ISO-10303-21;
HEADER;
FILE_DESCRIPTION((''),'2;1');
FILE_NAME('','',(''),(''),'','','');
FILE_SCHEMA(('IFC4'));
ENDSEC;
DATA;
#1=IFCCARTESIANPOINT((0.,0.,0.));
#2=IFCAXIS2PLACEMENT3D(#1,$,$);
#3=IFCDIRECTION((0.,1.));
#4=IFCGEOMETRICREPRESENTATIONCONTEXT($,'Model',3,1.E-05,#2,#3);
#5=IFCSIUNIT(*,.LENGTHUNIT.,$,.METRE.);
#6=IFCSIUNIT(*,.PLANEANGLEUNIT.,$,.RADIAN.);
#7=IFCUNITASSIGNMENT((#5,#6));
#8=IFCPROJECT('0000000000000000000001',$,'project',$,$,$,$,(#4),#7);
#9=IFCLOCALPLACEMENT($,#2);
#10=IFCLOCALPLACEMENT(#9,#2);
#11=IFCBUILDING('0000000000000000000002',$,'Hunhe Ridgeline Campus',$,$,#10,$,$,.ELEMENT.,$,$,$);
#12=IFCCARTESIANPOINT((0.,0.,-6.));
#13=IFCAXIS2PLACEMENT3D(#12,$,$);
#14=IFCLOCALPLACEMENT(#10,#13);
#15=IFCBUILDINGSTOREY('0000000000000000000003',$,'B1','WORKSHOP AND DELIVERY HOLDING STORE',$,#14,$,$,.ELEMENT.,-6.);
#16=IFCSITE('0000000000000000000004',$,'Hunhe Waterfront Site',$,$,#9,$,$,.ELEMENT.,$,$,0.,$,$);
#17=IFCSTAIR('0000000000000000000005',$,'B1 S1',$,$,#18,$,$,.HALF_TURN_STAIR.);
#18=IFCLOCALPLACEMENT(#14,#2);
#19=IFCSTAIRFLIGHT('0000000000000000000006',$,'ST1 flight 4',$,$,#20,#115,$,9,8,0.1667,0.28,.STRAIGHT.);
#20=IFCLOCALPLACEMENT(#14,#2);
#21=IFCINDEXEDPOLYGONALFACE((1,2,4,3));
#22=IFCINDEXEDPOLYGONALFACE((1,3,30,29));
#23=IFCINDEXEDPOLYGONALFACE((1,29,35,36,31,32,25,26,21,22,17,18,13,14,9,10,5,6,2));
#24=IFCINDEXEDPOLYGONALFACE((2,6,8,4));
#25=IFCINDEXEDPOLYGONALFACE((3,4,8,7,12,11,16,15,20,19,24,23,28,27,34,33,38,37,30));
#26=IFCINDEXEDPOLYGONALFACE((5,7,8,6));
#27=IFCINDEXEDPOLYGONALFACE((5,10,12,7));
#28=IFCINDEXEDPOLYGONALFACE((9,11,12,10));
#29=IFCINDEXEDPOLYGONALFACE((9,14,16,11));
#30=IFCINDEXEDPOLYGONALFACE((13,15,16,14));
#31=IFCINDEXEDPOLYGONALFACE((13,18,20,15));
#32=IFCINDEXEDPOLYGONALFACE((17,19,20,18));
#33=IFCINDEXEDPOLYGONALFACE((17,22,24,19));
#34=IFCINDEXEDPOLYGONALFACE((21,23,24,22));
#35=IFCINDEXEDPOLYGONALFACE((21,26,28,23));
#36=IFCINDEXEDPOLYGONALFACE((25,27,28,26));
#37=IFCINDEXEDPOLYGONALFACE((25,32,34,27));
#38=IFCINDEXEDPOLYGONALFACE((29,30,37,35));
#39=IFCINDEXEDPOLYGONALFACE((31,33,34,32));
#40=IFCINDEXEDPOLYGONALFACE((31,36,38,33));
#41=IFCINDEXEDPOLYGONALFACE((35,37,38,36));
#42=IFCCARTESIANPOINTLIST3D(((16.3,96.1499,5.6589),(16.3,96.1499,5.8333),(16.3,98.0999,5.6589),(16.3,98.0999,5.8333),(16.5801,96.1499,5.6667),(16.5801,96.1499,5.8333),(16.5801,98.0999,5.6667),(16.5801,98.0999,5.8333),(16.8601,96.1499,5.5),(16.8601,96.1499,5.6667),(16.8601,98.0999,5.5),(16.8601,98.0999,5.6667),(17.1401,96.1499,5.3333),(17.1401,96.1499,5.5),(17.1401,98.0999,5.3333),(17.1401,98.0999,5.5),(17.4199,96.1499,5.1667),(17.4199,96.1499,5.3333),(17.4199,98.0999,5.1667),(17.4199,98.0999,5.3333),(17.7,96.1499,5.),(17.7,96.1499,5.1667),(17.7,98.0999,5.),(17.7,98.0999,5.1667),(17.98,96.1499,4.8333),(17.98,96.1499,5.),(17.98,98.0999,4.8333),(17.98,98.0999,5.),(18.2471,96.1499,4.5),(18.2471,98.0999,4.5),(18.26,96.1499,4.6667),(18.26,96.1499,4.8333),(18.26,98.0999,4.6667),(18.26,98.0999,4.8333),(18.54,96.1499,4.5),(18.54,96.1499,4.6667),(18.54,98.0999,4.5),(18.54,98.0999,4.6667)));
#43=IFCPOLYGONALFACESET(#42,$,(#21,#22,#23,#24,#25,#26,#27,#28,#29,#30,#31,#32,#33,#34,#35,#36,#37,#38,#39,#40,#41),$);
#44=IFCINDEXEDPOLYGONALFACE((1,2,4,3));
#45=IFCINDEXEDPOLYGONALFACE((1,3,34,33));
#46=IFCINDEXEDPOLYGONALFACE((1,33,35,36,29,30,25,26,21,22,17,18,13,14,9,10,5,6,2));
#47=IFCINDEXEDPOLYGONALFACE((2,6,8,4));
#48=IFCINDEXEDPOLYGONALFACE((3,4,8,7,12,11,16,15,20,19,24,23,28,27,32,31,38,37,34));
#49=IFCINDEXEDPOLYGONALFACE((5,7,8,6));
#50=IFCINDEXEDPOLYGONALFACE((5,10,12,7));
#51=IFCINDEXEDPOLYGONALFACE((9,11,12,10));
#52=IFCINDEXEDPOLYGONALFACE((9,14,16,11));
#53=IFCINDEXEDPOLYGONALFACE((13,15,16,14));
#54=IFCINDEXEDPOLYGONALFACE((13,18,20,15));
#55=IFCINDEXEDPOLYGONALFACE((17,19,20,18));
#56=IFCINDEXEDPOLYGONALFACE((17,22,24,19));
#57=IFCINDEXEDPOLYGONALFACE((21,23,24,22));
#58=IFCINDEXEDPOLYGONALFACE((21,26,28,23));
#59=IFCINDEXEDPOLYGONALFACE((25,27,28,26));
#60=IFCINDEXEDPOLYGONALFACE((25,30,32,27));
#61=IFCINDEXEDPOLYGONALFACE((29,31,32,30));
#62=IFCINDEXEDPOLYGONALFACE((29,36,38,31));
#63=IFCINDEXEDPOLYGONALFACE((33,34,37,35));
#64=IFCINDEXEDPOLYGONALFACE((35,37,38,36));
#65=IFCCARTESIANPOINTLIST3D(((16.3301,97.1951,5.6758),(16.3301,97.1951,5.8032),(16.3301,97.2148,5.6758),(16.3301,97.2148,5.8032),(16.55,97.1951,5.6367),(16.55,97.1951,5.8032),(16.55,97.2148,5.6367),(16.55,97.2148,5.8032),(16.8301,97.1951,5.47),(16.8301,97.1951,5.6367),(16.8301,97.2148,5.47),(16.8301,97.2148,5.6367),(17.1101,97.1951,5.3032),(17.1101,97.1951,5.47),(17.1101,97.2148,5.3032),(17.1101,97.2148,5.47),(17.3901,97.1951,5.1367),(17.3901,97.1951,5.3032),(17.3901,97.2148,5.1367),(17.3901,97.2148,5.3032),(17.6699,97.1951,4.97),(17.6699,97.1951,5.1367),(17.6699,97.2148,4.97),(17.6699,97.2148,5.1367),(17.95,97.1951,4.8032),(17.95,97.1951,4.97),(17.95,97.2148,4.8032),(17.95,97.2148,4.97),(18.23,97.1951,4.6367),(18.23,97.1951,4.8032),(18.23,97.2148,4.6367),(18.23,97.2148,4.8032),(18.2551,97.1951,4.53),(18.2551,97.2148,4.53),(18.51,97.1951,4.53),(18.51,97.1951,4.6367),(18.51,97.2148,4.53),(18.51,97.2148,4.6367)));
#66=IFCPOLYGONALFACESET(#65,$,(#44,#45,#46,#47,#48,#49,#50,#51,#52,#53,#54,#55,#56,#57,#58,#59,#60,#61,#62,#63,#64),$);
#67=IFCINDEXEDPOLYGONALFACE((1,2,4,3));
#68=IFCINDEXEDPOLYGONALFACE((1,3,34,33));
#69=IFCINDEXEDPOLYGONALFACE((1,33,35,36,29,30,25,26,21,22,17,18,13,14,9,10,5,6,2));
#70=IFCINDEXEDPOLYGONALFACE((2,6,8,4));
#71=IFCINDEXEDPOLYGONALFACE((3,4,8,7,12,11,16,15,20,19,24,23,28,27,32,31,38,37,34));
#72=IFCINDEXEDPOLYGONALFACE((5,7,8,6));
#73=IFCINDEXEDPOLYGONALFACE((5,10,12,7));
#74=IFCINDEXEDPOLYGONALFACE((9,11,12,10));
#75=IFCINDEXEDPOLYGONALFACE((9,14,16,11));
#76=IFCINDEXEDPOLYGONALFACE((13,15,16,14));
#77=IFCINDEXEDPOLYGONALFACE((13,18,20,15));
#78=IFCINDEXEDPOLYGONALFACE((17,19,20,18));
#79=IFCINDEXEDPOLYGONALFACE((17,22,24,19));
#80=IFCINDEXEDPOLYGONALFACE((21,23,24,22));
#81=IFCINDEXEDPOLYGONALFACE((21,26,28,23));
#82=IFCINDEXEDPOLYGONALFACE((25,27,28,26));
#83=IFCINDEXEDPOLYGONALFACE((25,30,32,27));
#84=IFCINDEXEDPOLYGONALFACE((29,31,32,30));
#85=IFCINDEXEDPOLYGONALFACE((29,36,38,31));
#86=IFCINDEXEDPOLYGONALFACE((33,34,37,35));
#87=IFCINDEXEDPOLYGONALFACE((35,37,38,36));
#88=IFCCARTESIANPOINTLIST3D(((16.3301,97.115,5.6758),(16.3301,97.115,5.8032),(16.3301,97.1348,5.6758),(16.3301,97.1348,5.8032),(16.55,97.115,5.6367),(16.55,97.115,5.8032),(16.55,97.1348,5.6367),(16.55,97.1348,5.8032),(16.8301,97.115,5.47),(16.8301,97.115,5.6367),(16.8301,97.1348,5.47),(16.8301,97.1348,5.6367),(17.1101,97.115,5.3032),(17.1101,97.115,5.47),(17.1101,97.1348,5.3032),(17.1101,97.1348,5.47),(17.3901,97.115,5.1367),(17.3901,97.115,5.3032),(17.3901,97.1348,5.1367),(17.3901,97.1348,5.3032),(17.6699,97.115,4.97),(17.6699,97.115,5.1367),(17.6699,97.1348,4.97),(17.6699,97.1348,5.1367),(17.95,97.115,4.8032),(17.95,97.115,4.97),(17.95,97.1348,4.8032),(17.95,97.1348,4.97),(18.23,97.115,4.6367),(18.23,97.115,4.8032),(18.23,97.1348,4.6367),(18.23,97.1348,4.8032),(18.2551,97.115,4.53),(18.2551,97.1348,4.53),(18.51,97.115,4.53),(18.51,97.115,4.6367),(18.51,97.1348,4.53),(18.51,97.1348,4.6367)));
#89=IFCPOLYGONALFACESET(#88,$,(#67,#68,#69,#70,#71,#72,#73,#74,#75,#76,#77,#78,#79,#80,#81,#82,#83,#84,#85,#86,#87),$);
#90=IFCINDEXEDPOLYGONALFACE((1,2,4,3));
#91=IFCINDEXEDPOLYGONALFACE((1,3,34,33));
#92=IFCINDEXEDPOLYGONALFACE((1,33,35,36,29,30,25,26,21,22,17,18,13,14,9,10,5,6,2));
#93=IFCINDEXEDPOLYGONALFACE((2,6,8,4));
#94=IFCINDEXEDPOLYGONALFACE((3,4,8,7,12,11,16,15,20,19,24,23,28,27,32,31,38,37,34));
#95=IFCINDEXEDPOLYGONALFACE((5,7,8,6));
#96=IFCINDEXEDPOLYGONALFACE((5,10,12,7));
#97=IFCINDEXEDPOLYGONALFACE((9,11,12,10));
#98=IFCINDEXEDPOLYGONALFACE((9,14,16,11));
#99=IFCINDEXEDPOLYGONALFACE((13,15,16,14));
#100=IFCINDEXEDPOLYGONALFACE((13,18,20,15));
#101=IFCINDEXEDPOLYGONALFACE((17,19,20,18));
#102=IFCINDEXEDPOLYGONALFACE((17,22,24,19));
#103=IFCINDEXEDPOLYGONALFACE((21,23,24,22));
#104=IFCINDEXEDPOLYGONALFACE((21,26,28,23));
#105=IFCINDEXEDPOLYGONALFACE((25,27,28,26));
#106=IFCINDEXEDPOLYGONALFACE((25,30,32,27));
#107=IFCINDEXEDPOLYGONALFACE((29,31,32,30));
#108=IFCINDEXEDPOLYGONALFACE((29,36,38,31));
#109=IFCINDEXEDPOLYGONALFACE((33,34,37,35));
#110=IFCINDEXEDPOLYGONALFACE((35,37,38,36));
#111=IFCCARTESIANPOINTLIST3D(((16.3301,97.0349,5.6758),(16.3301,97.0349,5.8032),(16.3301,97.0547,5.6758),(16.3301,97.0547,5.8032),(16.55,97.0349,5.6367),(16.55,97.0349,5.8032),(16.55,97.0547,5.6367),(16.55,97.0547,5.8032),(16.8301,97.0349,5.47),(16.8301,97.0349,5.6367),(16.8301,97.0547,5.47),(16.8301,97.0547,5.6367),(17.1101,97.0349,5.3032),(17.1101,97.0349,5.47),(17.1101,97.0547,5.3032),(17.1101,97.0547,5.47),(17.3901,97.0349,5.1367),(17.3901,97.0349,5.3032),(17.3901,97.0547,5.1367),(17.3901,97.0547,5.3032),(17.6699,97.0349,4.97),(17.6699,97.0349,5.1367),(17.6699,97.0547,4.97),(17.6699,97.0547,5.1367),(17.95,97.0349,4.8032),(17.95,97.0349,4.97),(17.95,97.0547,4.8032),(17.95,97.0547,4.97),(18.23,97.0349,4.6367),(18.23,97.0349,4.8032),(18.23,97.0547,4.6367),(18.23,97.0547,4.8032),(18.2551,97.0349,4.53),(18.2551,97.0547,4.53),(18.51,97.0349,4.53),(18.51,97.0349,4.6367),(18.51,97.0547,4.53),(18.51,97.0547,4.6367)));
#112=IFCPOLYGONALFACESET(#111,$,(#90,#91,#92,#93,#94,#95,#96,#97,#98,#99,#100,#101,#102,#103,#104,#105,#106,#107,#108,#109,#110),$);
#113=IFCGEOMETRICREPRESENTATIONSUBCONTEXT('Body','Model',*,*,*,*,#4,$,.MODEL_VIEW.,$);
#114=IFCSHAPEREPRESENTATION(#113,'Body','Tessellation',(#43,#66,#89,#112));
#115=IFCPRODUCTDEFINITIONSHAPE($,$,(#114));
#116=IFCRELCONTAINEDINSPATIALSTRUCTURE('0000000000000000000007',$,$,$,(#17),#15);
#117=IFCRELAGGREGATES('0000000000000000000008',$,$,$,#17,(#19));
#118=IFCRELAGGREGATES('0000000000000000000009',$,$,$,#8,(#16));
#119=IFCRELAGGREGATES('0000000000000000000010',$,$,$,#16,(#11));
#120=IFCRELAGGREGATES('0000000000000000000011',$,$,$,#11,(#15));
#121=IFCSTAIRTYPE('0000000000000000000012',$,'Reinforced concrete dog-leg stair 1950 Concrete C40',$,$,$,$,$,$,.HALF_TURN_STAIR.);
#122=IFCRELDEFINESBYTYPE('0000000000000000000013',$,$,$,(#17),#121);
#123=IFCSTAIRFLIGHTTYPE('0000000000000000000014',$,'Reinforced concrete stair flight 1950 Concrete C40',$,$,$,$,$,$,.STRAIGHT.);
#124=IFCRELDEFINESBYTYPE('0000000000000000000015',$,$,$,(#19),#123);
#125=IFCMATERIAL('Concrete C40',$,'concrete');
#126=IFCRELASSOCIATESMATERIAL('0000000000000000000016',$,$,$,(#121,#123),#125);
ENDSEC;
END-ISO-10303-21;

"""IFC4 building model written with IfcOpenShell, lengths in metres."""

from ifc_helpers import new_model, si_unit, direction, frame, origin, place, context, subcontext, project, spatial, polyline, outline, extrude, material, type_object, element, aggregate, save


model = new_model("IFC4")

# Units and contexts
model_context = context("Model", 3, precision=1e-05, world=origin(), true_north=direction((0.0, 1.0)))
body_context = subcontext(model_context, "Body", "Model", "MODEL_VIEW")
ifc_project = project(units=[si_unit("LENGTHUNIT", "METRE"), si_unit("PLANEANGLEUNIT", "RADIAN")], contexts=[model_context])

# Site, building, storey
site_placement = place(None, origin())
site = spatial("IfcSite", under=ifc_project, at=site_placement, Name="Hunhe Waterfront Site", CompositionType="ELEMENT", RefElevation=0.0)
building_placement = place(site_placement, origin())
building = spatial("IfcBuilding", under=site, at=building_placement, Name="Hunhe Ridgeline Campus", CompositionType="ELEMENT")
storey_placement = place(building_placement, frame((0.0, 0.0, -6.0)))
storey = spatial("IfcBuildingStorey", under=building, at=storey_placement, Name="B1", Description="WORKSHOP AND DELIVERY HOLDING STORE", CompositionType="ELEMENT", Elevation=-6.0)

# Stair, stair flight
ifc_material_1 = material(Name="Concrete C40", Category="concrete")
stair_type = type_object("IfcStairType", Name="Reinforced concrete dog-leg stair 1950 Concrete C40", PredefinedType="HALF_TURN_STAIR", material=ifc_material_1)
stair_1_placement = place(storey_placement, origin())
stair_1 = element("IfcStair", 1, at=stair_1_placement, inside=storey, type_object=stair_type, Name="B1 S1", PredefinedType="HALF_TURN_STAIR")
stair_flight_type = type_object("IfcStairFlightType", Name="Reinforced concrete stair flight 1950 Concrete C40", PredefinedType="STRAIGHT", material=ifc_material_1)
stair_flight_1_placement = place(storey_placement, frame((18.54, 97.125, 4.5), z_axis=(0.0, 0.0, 1.0), x_axis=(-1.0, 0.0, 0.0)))
stair_flight_1 = element("IfcStairFlight", 2, at=stair_flight_1_placement, type_object=stair_flight_type, Name="ST1 flight 4", NumberOfRisers=9, NumberOfTreads=8, PredefinedType="STRAIGHT", RiserHeight=0.1667, TreadLength=0.28, context=body_context, shape_type="SweptSolid", body=[
    extrude(outline(polyline([(0.0, 0.0), (0.0, 0.1667), (0.28, 0.1667), (0.28, 0.3333), (0.5601, 0.3333), (0.5601, 0.5), (0.8401, 0.5), (0.8401, 0.6667), (1.1201, 0.6667), (1.1201, 0.8333), (1.3999, 0.8333), (1.3999, 1.0), (1.6799, 1.0), (1.6799, 1.1667), (1.96, 1.1667), (1.96, 1.3333), (2.24, 1.3333), (2.24, 1.5), (2.24, 1.1589), (0.293, 0.0), (0.0, 0.0)])), frame((0.0, 0.9751, 0.0), z_axis=(0.0, -1.0, 0.0), x_axis=(1.0, 0.0, 0.0)), (0.0, 0.0, 1.0), 1.95),
    extrude(outline(polyline([(0.03, 0.03), (0.03, 0.1367), (0.3101, 0.1367), (0.3101, 0.3032), (0.5901, 0.3032), (0.5901, 0.47), (0.8701, 0.47), (0.8701, 0.6367), (1.1499, 0.6367), (1.1499, 0.8032), (1.4299, 0.8032), (1.4299, 0.97), (1.71, 0.97), (1.71, 1.1367), (1.99, 1.1367), (1.99, 1.3032), (2.21, 1.3032), (2.21, 1.1758), (0.2849, 0.03), (0.03, 0.03)])), frame((0.0, -0.0701, 0.0), z_axis=(0.0, -1.0, 0.0), x_axis=(1.0, 0.0, 0.0)), (0.0, 0.0, 1.0), 0.0198),
    extrude(outline(polyline([(0.03, 0.03), (0.03, 0.1367), (0.3101, 0.1367), (0.3101, 0.3032), (0.5901, 0.3032), (0.5901, 0.47), (0.8701, 0.47), (0.8701, 0.6367), (1.1499, 0.6367), (1.1499, 0.8032), (1.4299, 0.8032), (1.4299, 0.97), (1.71, 0.97), (1.71, 1.1367), (1.99, 1.1367), (1.99, 1.3032), (2.21, 1.3032), (2.21, 1.1758), (0.2849, 0.03), (0.03, 0.03)])), frame((0.0, 0.01, 0.0), z_axis=(0.0, -1.0, 0.0), x_axis=(1.0, 0.0, 0.0)), (0.0, 0.0, 1.0), 0.0198),
    extrude(outline(polyline([(0.03, 0.03), (0.03, 0.1367), (0.3101, 0.1367), (0.3101, 0.3032), (0.5901, 0.3032), (0.5901, 0.47), (0.8701, 0.47), (0.8701, 0.6367), (1.1499, 0.6367), (1.1499, 0.8032), (1.4299, 0.8032), (1.4299, 0.97), (1.71, 0.97), (1.71, 1.1367), (1.99, 1.1367), (1.99, 1.3032), (2.21, 1.3032), (2.21, 1.1758), (0.2849, 0.03), (0.03, 0.03)])), frame((0.0, 0.0901, 0.0), z_axis=(0.0, -1.0, 0.0), x_axis=(1.0, 0.0, 0.0)), (0.0, 0.0, 1.0), 0.0198),
])
aggregate(stair_1, [stair_flight_1])

save(model, "model.ifc")
